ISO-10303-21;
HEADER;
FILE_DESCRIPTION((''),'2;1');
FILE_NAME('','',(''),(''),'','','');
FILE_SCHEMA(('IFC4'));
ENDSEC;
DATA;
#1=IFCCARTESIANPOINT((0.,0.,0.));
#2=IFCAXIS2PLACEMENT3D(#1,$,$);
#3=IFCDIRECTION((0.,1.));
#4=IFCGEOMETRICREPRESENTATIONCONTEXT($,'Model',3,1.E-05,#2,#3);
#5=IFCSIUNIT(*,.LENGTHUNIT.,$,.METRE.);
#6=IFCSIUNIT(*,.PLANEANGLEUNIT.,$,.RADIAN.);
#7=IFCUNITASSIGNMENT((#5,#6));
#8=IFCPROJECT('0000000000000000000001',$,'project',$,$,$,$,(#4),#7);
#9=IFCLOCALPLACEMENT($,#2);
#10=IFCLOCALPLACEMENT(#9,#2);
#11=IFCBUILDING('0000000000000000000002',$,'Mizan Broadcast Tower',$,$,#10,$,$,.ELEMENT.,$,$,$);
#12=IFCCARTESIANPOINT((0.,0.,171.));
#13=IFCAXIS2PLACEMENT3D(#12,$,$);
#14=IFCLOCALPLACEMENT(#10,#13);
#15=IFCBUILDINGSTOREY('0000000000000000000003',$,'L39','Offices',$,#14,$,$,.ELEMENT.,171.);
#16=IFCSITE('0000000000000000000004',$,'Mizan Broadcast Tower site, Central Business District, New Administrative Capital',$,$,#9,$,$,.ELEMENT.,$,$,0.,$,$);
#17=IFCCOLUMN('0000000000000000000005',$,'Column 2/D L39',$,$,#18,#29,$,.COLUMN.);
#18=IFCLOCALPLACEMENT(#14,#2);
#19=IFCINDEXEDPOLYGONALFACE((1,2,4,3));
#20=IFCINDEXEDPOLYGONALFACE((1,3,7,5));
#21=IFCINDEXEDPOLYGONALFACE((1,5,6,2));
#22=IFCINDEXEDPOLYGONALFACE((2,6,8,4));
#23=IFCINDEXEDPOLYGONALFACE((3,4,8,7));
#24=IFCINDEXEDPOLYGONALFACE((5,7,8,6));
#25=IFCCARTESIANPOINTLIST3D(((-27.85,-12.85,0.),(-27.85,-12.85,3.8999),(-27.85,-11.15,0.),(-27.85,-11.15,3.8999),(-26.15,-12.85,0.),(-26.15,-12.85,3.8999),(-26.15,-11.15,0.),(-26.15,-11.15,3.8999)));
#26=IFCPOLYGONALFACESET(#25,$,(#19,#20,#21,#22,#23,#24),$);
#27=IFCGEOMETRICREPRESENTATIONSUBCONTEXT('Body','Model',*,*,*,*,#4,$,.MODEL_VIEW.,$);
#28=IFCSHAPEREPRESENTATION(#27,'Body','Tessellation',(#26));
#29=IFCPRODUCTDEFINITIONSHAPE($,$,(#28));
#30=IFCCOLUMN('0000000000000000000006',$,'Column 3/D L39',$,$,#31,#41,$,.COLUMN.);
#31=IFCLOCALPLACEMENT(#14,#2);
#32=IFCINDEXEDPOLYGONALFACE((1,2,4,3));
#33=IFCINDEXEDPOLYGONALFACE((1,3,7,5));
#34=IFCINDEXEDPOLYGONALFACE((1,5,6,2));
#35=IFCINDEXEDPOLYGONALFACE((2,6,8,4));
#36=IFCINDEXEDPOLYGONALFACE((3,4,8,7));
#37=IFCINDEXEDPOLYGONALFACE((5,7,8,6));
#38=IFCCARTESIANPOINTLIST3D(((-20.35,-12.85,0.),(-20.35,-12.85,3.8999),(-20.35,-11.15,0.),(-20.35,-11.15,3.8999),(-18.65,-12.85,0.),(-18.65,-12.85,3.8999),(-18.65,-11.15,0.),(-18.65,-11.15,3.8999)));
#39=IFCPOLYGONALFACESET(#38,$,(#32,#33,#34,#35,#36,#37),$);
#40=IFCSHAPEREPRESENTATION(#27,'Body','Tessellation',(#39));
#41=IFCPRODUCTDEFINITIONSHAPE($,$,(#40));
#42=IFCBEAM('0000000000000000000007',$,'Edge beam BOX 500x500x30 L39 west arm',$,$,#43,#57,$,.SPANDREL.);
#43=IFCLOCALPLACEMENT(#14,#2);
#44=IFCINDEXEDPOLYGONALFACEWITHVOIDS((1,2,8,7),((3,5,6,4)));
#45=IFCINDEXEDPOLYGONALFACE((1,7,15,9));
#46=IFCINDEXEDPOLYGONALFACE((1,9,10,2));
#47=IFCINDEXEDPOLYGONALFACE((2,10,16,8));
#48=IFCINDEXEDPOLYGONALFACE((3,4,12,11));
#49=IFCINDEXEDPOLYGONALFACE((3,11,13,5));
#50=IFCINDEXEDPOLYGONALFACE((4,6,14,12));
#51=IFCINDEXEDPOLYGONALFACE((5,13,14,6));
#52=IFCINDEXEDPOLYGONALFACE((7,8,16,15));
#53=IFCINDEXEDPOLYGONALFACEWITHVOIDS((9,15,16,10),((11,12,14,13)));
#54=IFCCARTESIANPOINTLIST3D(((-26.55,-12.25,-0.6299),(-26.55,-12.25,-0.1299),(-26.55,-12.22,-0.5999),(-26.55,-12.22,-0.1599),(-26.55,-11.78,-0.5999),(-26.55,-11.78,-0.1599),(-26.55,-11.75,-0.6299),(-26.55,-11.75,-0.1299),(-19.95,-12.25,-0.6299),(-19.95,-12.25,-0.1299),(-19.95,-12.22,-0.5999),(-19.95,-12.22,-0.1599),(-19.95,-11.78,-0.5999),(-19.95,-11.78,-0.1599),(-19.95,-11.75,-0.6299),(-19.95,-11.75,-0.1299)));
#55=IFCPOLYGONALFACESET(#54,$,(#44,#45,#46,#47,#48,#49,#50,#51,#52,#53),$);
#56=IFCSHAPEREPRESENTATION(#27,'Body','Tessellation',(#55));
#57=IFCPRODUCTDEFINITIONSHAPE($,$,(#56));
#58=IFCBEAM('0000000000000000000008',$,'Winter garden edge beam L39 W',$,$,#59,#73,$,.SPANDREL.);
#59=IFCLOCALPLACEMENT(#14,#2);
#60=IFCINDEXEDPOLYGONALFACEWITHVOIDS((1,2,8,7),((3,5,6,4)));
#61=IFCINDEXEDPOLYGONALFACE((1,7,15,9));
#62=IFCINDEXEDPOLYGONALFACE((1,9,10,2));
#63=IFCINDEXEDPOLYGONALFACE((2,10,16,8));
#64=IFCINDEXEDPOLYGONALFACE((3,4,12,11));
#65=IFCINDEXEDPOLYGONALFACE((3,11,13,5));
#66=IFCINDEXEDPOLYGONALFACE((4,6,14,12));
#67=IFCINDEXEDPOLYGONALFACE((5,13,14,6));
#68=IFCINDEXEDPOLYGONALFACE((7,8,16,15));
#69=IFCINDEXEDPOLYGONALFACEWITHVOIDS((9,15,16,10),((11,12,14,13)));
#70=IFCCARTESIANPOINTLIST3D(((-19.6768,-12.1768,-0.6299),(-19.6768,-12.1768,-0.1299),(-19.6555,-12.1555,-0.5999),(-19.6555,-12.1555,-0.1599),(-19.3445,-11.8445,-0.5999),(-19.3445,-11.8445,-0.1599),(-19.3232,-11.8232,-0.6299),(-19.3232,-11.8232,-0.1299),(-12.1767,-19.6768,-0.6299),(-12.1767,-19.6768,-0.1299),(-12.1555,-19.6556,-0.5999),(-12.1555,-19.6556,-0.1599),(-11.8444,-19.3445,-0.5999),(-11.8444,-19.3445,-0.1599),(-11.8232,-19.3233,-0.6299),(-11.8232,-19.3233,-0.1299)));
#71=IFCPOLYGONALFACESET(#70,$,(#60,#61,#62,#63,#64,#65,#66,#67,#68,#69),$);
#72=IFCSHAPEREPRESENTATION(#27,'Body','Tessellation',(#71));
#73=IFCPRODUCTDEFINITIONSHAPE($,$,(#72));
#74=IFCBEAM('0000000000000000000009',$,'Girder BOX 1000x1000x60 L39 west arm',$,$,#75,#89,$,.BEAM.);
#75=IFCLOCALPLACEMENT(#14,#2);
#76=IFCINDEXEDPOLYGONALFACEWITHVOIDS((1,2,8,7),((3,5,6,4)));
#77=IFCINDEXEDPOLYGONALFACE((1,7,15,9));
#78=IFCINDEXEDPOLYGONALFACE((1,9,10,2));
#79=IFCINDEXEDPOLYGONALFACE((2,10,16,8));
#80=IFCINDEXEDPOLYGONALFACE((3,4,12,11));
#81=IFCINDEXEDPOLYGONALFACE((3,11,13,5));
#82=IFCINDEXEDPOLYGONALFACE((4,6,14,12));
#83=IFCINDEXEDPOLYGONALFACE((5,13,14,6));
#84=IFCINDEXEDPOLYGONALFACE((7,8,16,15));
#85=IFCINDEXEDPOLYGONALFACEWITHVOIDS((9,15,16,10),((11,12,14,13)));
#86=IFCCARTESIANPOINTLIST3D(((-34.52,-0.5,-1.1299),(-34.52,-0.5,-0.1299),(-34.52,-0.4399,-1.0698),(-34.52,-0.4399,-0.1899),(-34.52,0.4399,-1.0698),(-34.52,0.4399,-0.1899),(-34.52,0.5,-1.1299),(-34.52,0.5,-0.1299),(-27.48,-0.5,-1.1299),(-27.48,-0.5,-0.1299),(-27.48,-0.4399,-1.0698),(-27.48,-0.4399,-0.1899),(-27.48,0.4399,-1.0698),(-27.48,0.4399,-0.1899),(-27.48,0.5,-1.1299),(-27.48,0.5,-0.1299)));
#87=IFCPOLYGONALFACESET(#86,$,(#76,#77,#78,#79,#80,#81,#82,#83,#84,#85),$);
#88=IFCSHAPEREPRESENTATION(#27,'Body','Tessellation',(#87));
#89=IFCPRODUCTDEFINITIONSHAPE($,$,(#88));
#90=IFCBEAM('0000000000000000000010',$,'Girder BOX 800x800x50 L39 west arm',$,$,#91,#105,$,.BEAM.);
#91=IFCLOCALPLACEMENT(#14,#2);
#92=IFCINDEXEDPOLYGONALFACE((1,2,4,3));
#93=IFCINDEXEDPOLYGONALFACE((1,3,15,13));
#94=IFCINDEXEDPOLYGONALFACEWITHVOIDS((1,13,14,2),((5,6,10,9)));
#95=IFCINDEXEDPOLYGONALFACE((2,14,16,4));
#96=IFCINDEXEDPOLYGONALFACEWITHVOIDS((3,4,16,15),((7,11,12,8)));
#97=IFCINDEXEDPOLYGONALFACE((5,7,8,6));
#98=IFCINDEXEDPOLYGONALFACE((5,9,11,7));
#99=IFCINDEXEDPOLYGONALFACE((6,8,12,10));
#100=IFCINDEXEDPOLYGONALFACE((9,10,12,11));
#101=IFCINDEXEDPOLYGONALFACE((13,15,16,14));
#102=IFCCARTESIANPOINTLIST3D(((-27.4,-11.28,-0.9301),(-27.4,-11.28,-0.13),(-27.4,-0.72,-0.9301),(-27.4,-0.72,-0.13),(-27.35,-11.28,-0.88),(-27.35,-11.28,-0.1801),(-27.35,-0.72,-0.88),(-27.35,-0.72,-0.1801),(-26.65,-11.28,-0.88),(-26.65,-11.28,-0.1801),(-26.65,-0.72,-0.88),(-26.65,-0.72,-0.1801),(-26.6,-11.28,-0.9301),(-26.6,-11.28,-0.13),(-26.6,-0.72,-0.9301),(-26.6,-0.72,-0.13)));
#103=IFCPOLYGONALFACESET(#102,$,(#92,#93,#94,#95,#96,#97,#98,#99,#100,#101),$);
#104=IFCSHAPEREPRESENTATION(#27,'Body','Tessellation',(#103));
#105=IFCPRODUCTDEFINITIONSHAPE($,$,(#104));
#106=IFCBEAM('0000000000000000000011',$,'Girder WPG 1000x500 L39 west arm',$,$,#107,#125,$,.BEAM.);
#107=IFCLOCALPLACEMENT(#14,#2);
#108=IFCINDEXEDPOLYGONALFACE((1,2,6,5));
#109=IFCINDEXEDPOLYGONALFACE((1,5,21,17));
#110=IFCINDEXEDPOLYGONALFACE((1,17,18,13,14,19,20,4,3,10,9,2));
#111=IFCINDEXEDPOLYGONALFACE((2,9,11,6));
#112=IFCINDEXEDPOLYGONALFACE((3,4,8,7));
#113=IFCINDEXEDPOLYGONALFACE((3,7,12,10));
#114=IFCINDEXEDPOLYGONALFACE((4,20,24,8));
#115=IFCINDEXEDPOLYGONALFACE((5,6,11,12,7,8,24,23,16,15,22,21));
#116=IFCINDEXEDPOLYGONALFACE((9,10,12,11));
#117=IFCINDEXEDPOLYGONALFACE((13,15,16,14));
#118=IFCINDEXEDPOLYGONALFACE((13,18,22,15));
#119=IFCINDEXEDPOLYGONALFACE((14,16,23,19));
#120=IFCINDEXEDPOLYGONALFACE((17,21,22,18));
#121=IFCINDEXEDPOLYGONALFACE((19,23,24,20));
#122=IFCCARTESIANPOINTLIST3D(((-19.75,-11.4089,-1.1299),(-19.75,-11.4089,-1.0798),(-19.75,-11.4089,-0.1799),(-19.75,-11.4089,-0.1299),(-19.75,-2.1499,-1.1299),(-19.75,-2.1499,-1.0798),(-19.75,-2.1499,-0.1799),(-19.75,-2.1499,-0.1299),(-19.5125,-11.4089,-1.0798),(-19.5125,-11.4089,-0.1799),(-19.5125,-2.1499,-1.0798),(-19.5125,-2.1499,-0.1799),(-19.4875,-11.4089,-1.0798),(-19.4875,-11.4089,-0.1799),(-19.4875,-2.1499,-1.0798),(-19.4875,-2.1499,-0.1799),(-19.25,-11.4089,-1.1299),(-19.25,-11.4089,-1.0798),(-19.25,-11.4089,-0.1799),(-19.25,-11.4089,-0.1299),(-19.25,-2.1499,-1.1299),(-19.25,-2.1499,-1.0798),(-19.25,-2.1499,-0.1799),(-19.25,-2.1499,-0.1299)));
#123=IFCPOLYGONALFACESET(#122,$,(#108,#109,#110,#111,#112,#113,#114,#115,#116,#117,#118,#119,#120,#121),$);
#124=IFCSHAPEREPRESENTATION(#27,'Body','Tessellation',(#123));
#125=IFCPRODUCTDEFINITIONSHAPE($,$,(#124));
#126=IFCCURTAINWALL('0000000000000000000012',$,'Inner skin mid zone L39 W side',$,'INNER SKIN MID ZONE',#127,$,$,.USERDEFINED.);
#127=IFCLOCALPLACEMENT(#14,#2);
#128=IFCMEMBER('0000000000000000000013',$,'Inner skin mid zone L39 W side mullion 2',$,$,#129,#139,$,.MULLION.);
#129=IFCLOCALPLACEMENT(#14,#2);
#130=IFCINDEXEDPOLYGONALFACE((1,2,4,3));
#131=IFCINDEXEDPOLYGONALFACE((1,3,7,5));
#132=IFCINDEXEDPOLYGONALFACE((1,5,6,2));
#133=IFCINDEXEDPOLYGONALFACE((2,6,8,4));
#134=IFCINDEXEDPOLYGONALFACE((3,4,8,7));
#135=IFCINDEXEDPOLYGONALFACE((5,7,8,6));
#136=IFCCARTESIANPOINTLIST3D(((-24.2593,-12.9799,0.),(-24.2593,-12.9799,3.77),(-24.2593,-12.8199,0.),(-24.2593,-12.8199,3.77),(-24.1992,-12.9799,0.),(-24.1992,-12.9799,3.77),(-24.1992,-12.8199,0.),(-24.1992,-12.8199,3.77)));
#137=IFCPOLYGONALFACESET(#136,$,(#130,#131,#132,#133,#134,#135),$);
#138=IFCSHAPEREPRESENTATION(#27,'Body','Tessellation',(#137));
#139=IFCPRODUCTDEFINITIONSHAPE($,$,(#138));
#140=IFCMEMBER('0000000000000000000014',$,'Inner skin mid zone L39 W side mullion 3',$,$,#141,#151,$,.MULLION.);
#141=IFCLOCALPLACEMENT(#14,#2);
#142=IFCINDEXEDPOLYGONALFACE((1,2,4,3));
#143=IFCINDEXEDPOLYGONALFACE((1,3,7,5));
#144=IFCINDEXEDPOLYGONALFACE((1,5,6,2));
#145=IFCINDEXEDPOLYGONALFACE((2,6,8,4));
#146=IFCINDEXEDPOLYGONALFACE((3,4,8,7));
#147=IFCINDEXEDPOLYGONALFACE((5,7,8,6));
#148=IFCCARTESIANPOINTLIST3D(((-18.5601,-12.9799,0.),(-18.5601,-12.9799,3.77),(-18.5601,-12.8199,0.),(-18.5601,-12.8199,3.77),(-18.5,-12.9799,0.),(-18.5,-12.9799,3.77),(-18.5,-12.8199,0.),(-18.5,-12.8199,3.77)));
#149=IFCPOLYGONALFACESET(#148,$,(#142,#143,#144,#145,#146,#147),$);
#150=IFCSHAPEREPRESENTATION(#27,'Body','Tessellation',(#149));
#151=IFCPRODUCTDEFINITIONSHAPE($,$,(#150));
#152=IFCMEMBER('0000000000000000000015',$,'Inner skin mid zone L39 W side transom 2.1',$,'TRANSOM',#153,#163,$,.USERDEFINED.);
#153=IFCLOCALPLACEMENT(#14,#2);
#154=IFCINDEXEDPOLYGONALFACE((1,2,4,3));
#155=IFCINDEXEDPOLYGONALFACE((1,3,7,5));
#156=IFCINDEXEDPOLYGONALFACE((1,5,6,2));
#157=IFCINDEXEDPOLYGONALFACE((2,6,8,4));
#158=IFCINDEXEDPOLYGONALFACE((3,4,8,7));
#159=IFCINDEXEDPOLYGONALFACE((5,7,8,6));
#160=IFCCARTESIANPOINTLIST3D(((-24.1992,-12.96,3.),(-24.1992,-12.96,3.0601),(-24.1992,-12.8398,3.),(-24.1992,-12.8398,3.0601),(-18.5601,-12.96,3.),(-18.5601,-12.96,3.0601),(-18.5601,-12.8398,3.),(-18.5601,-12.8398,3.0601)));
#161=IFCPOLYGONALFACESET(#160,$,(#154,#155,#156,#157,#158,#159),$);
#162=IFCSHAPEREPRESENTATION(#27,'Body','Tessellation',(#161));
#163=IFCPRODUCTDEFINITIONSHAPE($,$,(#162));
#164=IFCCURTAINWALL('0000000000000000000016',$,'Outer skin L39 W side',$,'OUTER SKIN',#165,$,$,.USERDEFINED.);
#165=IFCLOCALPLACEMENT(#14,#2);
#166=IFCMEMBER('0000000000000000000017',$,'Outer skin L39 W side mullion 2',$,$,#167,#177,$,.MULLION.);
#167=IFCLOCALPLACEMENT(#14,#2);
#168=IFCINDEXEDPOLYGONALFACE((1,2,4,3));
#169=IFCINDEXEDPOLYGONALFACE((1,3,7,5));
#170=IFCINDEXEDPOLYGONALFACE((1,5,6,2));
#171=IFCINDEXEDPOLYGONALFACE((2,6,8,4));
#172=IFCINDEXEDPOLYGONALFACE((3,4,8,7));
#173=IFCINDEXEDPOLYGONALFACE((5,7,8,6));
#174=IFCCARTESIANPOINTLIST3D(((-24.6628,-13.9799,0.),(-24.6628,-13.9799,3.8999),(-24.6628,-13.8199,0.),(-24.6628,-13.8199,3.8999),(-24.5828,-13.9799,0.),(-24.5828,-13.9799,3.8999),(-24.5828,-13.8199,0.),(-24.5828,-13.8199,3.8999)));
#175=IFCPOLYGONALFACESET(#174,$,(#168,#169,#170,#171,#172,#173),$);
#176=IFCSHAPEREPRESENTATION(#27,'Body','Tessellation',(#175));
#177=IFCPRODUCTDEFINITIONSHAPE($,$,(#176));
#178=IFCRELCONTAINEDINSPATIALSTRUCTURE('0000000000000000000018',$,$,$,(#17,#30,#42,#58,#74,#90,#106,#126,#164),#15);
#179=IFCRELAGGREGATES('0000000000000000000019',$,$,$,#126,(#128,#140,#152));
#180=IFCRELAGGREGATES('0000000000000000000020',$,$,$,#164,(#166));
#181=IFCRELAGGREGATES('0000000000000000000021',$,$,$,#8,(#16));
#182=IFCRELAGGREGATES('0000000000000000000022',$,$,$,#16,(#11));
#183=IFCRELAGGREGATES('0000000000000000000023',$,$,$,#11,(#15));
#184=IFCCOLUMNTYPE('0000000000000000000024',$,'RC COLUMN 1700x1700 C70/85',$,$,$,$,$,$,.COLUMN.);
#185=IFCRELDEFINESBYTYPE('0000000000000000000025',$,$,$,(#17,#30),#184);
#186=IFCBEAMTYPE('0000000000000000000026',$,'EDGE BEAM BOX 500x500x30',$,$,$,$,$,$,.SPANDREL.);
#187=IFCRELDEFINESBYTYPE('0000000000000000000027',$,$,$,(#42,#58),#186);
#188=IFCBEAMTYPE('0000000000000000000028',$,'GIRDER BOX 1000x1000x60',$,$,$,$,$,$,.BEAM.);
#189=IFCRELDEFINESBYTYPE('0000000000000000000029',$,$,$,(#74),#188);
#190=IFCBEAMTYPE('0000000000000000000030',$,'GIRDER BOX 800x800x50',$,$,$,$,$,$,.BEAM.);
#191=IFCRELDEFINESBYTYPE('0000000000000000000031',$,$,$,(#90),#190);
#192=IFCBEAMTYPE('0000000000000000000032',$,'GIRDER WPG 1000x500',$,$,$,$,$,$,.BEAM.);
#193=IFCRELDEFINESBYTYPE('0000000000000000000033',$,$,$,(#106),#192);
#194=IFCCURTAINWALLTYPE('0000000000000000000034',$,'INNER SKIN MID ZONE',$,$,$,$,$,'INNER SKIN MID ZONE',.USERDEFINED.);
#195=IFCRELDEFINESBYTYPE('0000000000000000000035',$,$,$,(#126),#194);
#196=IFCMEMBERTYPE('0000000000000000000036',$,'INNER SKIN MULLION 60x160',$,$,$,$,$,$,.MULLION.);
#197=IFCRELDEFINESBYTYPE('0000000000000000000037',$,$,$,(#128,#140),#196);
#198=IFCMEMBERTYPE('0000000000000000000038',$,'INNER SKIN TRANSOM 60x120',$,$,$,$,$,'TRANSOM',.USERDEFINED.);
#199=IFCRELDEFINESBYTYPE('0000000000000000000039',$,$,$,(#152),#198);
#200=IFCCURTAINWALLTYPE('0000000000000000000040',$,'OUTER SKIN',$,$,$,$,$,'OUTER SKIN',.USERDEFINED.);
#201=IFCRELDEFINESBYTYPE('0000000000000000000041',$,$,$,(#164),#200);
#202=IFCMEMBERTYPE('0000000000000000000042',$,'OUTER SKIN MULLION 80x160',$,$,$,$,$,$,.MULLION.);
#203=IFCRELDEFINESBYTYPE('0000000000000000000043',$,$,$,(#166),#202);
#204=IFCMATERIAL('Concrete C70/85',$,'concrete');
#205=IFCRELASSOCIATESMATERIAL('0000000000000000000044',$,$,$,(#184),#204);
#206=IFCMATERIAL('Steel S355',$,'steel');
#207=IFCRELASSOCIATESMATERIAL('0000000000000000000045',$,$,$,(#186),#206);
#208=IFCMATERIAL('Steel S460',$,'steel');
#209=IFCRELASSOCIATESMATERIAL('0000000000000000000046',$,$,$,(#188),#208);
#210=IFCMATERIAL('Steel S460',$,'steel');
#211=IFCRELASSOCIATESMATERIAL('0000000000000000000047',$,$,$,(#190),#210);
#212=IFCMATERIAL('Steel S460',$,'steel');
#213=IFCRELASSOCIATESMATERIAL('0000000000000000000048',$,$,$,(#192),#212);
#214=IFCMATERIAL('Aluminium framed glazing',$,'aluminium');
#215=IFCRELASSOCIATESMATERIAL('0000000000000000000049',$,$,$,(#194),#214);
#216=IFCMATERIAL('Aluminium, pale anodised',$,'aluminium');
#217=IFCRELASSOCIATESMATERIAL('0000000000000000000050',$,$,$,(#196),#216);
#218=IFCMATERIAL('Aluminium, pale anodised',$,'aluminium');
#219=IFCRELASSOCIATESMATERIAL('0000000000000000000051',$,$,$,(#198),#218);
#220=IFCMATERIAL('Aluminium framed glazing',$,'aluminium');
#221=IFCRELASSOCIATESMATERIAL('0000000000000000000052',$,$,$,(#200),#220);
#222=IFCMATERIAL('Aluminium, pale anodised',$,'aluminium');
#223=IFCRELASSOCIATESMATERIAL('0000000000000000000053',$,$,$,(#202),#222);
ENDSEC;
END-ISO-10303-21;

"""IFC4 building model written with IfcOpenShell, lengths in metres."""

from ifc_helpers import new_model, si_unit, direction, frame, origin, origin_2d, place, context, subcontext, project, spatial, rectangle, hollow_rectangle, i_section, extrude, material, material_profile, profile_set, type_object, element, aggregate, save


model = new_model("IFC4")

# Units and contexts
model_context = context("Model", 3, precision=1e-05, world=origin(), true_north=direction((0.0, 1.0)))
body_context = subcontext(model_context, "Body", "Model", "MODEL_VIEW")
ifc_project = project(units=[si_unit("LENGTHUNIT", "METRE"), si_unit("PLANEANGLEUNIT", "RADIAN")], contexts=[model_context])

# Site, building, storey
site_placement = place(None, origin())
site = spatial("IfcSite", under=ifc_project, at=site_placement, Name="Mizan Broadcast Tower site, Central Business District, New Administrative Capital", CompositionType="ELEMENT", RefElevation=0.0)
building_placement = place(site_placement, origin())
building = spatial("IfcBuilding", under=site, at=building_placement, Name="Mizan Broadcast Tower", CompositionType="ELEMENT")
storey_placement = place(building_placement, frame((0.0, 0.0, 171.0)))
storey = spatial("IfcBuildingStorey", under=building, at=storey_placement, Name="L39", Description="Offices", CompositionType="ELEMENT", Elevation=171.0)

# Columns
ifc_material_1 = material(Name="Concrete C70/85", Category="concrete")
ifc_material_profile_1 = material_profile(ifc_material_1, rectangle(XDim=1.7, YDim=1.7, at=origin_2d()), Name="RC 1700x1700")
ifc_profile_set_1 = profile_set([ifc_material_profile_1], Name="Concrete C70/85")
column_type = type_object("IfcColumnType", Name="RC COLUMN 1700x1700 C70/85", PredefinedType="COLUMN", material=ifc_profile_set_1)
for number, where, z_axis, x_axis, name in (
    (1, (-27.0, -12.0, 0.0), (0.0, 0.0, 1.0), (1.0, 0.0, 0.0), "Column 2/D L39"),
    (2, (-19.5, -12.0, 0.0), (0.0, 0.0, 1.0), (1.0, 0.0, 0.0), "Column 3/D L39"),
):
    element("IfcColumn", number, at=place(storey_placement, frame(where, z_axis=z_axis, x_axis=x_axis)), inside=storey, type_object=column_type, Name=name, PredefinedType="COLUMN", context=body_context, shape_type="SweptSolid", body=[
        extrude(rectangle(XDim=1.7, YDim=1.7, at=origin_2d()), origin(), (0.0, 0.0, 1.0), 3.8999),
    ])

# Beams
ifc_material_2 = material(Name="Steel S355", Category="steel")
ifc_material_profile_2 = material_profile(ifc_material_2, hollow_rectangle(XDim=0.5, YDim=0.5, WallThickness=0.03, at=origin_2d()), Name="BOX 500x500x30")
ifc_profile_set_2 = profile_set([ifc_material_profile_2], Name="Steel S355")
beam_type_1 = type_object("IfcBeamType", Name="EDGE BEAM BOX 500x500x30", PredefinedType="SPANDREL", material=ifc_profile_set_2)
beam_1_placement = place(storey_placement, frame((-19.95, -12.0, -0.3799), z_axis=(-1.0, 0.0, 0.0), x_axis=(0.0, -1.0, 0.0)))
element("IfcBeam", 3, at=beam_1_placement, inside=storey, type_object=beam_type_1, Name="Edge beam BOX 500x500x30 L39 west arm", PredefinedType="SPANDREL", context=body_context, shape_type="SweptSolid", body=[
    extrude(hollow_rectangle(XDim=0.5, YDim=0.5, WallThickness=0.03, at=origin_2d()), origin(), (0.0, 0.0, 1.0), 6.6001),
])
beam_2_placement = place(storey_placement, frame((-19.5, -12.0, -0.3799), z_axis=(0.707107, -0.707107, 0.0), x_axis=(0.707107, 0.707107, 0.0)))
element("IfcBeam", 4, at=beam_2_placement, inside=storey, type_object=beam_type_1, Name="Winter garden edge beam L39 W", PredefinedType="SPANDREL", context=body_context, shape_type="SweptSolid", body=[
    extrude(hollow_rectangle(XDim=0.5, YDim=0.5, WallThickness=0.03, at=origin_2d()), origin(), (0.0, 0.0, 1.0), 10.6067),
])
ifc_material_3 = material(Name="Steel S460", Category="steel")
ifc_material_profile_3 = material_profile(ifc_material_3, hollow_rectangle(XDim=1.0, YDim=1.0, WallThickness=0.0601, at=origin_2d()), Name="BOX 1000x1000x60")
ifc_profile_set_3 = profile_set([ifc_material_profile_3], Name="Steel S460")
beam_type_2 = type_object("IfcBeamType", Name="GIRDER BOX 1000x1000x60", PredefinedType="BEAM", material=ifc_profile_set_3)
beam_3_placement = place(storey_placement, frame((-27.48, 0.0, -0.6299), z_axis=(-1.0, 0.0, 0.0), x_axis=(0.0, -1.0, 0.0)))
element("IfcBeam", 5, at=beam_3_placement, inside=storey, type_object=beam_type_2, Name="Girder BOX 1000x1000x60 L39 west arm", PredefinedType="BEAM", context=body_context, shape_type="SweptSolid", body=[
    extrude(hollow_rectangle(XDim=1.0, YDim=1.0, WallThickness=0.0601, at=origin_2d()), origin(), (0.0, 0.0, 1.0), 7.04),
])
ifc_material_4 = material(Name="Steel S460", Category="steel")
ifc_material_profile_4 = material_profile(ifc_material_4, hollow_rectangle(XDim=0.8, YDim=0.8, WallThickness=0.05, at=origin_2d()), Name="BOX 800x800x50")
ifc_profile_set_4 = profile_set([ifc_material_profile_4], Name="Steel S460")
beam_type_3 = type_object("IfcBeamType", Name="GIRDER BOX 800x800x50", PredefinedType="BEAM", material=ifc_profile_set_4)
beam_4_placement = place(storey_placement, frame((-27.0, -11.28, -0.53), z_axis=(0.0, 1.0, 0.0), x_axis=(-1.0, 0.0, 0.0)))
element("IfcBeam", 6, at=beam_4_placement, inside=storey, type_object=beam_type_3, Name="Girder BOX 800x800x50 L39 west arm", PredefinedType="BEAM", context=body_context, shape_type="SweptSolid", body=[
    extrude(hollow_rectangle(XDim=0.8, YDim=0.8, WallThickness=0.05, at=origin_2d()), origin(), (0.0, 0.0, 1.0), 10.5601),
])
ifc_material_5 = material(Name="Steel S460", Category="steel")
ifc_material_profile_5 = material_profile(ifc_material_5, i_section(OverallWidth=0.5, OverallDepth=1.0, WebThickness=0.0249, FlangeThickness=0.05, at=origin_2d()), Name="WPG 1000x500")
ifc_profile_set_5 = profile_set([ifc_material_profile_5], Name="Steel S460")
beam_type_4 = type_object("IfcBeamType", Name="GIRDER WPG 1000x500", PredefinedType="BEAM", material=ifc_profile_set_5)
beam_5_placement = place(storey_placement, frame((-19.5, -11.4089, -0.6299), z_axis=(0.0, 1.0, 0.0), x_axis=(-1.0, 0.0, 0.0)))
element("IfcBeam", 7, at=beam_5_placement, inside=storey, type_object=beam_type_4, Name="Girder WPG 1000x500 L39 west arm", PredefinedType="BEAM", context=body_context, shape_type="SweptSolid", body=[
    extrude(i_section(OverallWidth=0.5, OverallDepth=1.0, WebThickness=0.0249, FlangeThickness=0.05, at=origin_2d()), origin(), (0.0, 0.0, 1.0), 9.259),
])

# Curtain walls, members
ifc_material_6 = material(Name="Aluminium framed glazing", Category="aluminium")
curtain_wall_type_1 = type_object("IfcCurtainWallType", Name="INNER SKIN MID ZONE", ElementType="INNER SKIN MID ZONE", PredefinedType="USERDEFINED", material=ifc_material_6)
curtain_wall_1_placement = place(storey_placement, origin())
curtain_wall_1 = element("IfcCurtainWall", 8, at=curtain_wall_1_placement, inside=storey, type_object=curtain_wall_type_1, Name="Inner skin mid zone L39 W side", ObjectType="INNER SKIN MID ZONE", PredefinedType="USERDEFINED")
ifc_material_7 = material(Name="Aluminium, pale anodised", Category="aluminium")
ifc_material_profile_6 = material_profile(ifc_material_7, rectangle(XDim=0.1599, YDim=0.0601, at=origin_2d()), Name="MULLION 160x60")
ifc_profile_set_6 = profile_set([ifc_material_profile_6], Name="Aluminium, pale anodised")
member_type_1 = type_object("IfcMemberType", Name="INNER SKIN MULLION 60x160", PredefinedType="MULLION", material=ifc_profile_set_6)
member_1_placement = place(storey_placement, frame((-24.2292, -12.8999, 0.0), z_axis=(0.0, 0.0, 1.0), x_axis=(0.0, 1.0, 0.0)))
member_1 = element("IfcMember", 9, at=member_1_placement, type_object=member_type_1, Name="Inner skin mid zone L39 W side mullion 2", PredefinedType="MULLION", context=body_context, shape_type="SweptSolid", body=[
    extrude(rectangle(XDim=0.1599, YDim=0.0601, at=origin_2d()), origin(), (0.0, 0.0, 1.0), 3.77),
])
member_2_placement = place(storey_placement, frame((-18.53, -12.8999, 0.0), z_axis=(0.0, 0.0, 1.0), x_axis=(0.0, 1.0, 0.0)))
member_2 = element("IfcMember", 10, at=member_2_placement, type_object=member_type_1, Name="Inner skin mid zone L39 W side mullion 3", PredefinedType="MULLION", context=body_context, shape_type="SweptSolid", body=[
    extrude(rectangle(XDim=0.1599, YDim=0.0601, at=origin_2d()), origin(), (0.0, 0.0, 1.0), 3.77),
])
ifc_material_8 = material(Name="Aluminium, pale anodised", Category="aluminium")
ifc_material_profile_7 = material_profile(ifc_material_8, rectangle(XDim=0.1201, YDim=0.0601, at=origin_2d()), Name="TRANSOM 120x60")
ifc_profile_set_7 = profile_set([ifc_material_profile_7], Name="Aluminium, pale anodised")
member_type_2 = type_object("IfcMemberType", Name="INNER SKIN TRANSOM 60x120", ElementType="TRANSOM", PredefinedType="USERDEFINED", material=ifc_profile_set_7)
member_3_placement = place(storey_placement, frame((-24.1992, -12.8999, 3.03), z_axis=(1.0, 0.0, 0.0), x_axis=(0.0, 1.0, 0.0)))
member_3 = element("IfcMember", 11, at=member_3_placement, type_object=member_type_2, Name="Inner skin mid zone L39 W side transom 2.1", ObjectType="TRANSOM", PredefinedType="USERDEFINED", context=body_context, shape_type="SweptSolid", body=[
    extrude(rectangle(XDim=0.1201, YDim=0.0601, at=origin_2d()), origin(), (0.0, 0.0, 1.0), 5.6392),
])
ifc_material_9 = material(Name="Aluminium framed glazing", Category="aluminium")
curtain_wall_type_2 = type_object("IfcCurtainWallType", Name="OUTER SKIN", ElementType="OUTER SKIN", PredefinedType="USERDEFINED", material=ifc_material_9)
curtain_wall_2_placement = place(storey_placement, origin())
curtain_wall_2 = element("IfcCurtainWall", 12, at=curtain_wall_2_placement, inside=storey, type_object=curtain_wall_type_2, Name="Outer skin L39 W side", ObjectType="OUTER SKIN", PredefinedType="USERDEFINED")
ifc_material_10 = material(Name="Aluminium, pale anodised", Category="aluminium")
ifc_material_profile_8 = material_profile(ifc_material_10, rectangle(XDim=0.1599, YDim=0.0801, at=origin_2d()), Name="MULLION 160x80")
ifc_profile_set_8 = profile_set([ifc_material_profile_8], Name="Aluminium, pale anodised")
member_type_3 = type_object("IfcMemberType", Name="OUTER SKIN MULLION 80x160", PredefinedType="MULLION", material=ifc_profile_set_8)
member_4_placement = place(storey_placement, frame((-24.6228, -13.8999, 0.0), z_axis=(0.0, 0.0, 1.0), x_axis=(0.0, 1.0, 0.0)))
member_4 = element("IfcMember", 13, at=member_4_placement, type_object=member_type_3, Name="Outer skin L39 W side mullion 2", PredefinedType="MULLION", context=body_context, shape_type="SweptSolid", body=[
    extrude(rectangle(XDim=0.1599, YDim=0.0801, at=origin_2d()), origin(), (0.0, 0.0, 1.0), 3.8999),
])

aggregate(curtain_wall_1, [member_1, member_2, member_3])
aggregate(curtain_wall_2, [member_4])

save(model, "model.ifc")
